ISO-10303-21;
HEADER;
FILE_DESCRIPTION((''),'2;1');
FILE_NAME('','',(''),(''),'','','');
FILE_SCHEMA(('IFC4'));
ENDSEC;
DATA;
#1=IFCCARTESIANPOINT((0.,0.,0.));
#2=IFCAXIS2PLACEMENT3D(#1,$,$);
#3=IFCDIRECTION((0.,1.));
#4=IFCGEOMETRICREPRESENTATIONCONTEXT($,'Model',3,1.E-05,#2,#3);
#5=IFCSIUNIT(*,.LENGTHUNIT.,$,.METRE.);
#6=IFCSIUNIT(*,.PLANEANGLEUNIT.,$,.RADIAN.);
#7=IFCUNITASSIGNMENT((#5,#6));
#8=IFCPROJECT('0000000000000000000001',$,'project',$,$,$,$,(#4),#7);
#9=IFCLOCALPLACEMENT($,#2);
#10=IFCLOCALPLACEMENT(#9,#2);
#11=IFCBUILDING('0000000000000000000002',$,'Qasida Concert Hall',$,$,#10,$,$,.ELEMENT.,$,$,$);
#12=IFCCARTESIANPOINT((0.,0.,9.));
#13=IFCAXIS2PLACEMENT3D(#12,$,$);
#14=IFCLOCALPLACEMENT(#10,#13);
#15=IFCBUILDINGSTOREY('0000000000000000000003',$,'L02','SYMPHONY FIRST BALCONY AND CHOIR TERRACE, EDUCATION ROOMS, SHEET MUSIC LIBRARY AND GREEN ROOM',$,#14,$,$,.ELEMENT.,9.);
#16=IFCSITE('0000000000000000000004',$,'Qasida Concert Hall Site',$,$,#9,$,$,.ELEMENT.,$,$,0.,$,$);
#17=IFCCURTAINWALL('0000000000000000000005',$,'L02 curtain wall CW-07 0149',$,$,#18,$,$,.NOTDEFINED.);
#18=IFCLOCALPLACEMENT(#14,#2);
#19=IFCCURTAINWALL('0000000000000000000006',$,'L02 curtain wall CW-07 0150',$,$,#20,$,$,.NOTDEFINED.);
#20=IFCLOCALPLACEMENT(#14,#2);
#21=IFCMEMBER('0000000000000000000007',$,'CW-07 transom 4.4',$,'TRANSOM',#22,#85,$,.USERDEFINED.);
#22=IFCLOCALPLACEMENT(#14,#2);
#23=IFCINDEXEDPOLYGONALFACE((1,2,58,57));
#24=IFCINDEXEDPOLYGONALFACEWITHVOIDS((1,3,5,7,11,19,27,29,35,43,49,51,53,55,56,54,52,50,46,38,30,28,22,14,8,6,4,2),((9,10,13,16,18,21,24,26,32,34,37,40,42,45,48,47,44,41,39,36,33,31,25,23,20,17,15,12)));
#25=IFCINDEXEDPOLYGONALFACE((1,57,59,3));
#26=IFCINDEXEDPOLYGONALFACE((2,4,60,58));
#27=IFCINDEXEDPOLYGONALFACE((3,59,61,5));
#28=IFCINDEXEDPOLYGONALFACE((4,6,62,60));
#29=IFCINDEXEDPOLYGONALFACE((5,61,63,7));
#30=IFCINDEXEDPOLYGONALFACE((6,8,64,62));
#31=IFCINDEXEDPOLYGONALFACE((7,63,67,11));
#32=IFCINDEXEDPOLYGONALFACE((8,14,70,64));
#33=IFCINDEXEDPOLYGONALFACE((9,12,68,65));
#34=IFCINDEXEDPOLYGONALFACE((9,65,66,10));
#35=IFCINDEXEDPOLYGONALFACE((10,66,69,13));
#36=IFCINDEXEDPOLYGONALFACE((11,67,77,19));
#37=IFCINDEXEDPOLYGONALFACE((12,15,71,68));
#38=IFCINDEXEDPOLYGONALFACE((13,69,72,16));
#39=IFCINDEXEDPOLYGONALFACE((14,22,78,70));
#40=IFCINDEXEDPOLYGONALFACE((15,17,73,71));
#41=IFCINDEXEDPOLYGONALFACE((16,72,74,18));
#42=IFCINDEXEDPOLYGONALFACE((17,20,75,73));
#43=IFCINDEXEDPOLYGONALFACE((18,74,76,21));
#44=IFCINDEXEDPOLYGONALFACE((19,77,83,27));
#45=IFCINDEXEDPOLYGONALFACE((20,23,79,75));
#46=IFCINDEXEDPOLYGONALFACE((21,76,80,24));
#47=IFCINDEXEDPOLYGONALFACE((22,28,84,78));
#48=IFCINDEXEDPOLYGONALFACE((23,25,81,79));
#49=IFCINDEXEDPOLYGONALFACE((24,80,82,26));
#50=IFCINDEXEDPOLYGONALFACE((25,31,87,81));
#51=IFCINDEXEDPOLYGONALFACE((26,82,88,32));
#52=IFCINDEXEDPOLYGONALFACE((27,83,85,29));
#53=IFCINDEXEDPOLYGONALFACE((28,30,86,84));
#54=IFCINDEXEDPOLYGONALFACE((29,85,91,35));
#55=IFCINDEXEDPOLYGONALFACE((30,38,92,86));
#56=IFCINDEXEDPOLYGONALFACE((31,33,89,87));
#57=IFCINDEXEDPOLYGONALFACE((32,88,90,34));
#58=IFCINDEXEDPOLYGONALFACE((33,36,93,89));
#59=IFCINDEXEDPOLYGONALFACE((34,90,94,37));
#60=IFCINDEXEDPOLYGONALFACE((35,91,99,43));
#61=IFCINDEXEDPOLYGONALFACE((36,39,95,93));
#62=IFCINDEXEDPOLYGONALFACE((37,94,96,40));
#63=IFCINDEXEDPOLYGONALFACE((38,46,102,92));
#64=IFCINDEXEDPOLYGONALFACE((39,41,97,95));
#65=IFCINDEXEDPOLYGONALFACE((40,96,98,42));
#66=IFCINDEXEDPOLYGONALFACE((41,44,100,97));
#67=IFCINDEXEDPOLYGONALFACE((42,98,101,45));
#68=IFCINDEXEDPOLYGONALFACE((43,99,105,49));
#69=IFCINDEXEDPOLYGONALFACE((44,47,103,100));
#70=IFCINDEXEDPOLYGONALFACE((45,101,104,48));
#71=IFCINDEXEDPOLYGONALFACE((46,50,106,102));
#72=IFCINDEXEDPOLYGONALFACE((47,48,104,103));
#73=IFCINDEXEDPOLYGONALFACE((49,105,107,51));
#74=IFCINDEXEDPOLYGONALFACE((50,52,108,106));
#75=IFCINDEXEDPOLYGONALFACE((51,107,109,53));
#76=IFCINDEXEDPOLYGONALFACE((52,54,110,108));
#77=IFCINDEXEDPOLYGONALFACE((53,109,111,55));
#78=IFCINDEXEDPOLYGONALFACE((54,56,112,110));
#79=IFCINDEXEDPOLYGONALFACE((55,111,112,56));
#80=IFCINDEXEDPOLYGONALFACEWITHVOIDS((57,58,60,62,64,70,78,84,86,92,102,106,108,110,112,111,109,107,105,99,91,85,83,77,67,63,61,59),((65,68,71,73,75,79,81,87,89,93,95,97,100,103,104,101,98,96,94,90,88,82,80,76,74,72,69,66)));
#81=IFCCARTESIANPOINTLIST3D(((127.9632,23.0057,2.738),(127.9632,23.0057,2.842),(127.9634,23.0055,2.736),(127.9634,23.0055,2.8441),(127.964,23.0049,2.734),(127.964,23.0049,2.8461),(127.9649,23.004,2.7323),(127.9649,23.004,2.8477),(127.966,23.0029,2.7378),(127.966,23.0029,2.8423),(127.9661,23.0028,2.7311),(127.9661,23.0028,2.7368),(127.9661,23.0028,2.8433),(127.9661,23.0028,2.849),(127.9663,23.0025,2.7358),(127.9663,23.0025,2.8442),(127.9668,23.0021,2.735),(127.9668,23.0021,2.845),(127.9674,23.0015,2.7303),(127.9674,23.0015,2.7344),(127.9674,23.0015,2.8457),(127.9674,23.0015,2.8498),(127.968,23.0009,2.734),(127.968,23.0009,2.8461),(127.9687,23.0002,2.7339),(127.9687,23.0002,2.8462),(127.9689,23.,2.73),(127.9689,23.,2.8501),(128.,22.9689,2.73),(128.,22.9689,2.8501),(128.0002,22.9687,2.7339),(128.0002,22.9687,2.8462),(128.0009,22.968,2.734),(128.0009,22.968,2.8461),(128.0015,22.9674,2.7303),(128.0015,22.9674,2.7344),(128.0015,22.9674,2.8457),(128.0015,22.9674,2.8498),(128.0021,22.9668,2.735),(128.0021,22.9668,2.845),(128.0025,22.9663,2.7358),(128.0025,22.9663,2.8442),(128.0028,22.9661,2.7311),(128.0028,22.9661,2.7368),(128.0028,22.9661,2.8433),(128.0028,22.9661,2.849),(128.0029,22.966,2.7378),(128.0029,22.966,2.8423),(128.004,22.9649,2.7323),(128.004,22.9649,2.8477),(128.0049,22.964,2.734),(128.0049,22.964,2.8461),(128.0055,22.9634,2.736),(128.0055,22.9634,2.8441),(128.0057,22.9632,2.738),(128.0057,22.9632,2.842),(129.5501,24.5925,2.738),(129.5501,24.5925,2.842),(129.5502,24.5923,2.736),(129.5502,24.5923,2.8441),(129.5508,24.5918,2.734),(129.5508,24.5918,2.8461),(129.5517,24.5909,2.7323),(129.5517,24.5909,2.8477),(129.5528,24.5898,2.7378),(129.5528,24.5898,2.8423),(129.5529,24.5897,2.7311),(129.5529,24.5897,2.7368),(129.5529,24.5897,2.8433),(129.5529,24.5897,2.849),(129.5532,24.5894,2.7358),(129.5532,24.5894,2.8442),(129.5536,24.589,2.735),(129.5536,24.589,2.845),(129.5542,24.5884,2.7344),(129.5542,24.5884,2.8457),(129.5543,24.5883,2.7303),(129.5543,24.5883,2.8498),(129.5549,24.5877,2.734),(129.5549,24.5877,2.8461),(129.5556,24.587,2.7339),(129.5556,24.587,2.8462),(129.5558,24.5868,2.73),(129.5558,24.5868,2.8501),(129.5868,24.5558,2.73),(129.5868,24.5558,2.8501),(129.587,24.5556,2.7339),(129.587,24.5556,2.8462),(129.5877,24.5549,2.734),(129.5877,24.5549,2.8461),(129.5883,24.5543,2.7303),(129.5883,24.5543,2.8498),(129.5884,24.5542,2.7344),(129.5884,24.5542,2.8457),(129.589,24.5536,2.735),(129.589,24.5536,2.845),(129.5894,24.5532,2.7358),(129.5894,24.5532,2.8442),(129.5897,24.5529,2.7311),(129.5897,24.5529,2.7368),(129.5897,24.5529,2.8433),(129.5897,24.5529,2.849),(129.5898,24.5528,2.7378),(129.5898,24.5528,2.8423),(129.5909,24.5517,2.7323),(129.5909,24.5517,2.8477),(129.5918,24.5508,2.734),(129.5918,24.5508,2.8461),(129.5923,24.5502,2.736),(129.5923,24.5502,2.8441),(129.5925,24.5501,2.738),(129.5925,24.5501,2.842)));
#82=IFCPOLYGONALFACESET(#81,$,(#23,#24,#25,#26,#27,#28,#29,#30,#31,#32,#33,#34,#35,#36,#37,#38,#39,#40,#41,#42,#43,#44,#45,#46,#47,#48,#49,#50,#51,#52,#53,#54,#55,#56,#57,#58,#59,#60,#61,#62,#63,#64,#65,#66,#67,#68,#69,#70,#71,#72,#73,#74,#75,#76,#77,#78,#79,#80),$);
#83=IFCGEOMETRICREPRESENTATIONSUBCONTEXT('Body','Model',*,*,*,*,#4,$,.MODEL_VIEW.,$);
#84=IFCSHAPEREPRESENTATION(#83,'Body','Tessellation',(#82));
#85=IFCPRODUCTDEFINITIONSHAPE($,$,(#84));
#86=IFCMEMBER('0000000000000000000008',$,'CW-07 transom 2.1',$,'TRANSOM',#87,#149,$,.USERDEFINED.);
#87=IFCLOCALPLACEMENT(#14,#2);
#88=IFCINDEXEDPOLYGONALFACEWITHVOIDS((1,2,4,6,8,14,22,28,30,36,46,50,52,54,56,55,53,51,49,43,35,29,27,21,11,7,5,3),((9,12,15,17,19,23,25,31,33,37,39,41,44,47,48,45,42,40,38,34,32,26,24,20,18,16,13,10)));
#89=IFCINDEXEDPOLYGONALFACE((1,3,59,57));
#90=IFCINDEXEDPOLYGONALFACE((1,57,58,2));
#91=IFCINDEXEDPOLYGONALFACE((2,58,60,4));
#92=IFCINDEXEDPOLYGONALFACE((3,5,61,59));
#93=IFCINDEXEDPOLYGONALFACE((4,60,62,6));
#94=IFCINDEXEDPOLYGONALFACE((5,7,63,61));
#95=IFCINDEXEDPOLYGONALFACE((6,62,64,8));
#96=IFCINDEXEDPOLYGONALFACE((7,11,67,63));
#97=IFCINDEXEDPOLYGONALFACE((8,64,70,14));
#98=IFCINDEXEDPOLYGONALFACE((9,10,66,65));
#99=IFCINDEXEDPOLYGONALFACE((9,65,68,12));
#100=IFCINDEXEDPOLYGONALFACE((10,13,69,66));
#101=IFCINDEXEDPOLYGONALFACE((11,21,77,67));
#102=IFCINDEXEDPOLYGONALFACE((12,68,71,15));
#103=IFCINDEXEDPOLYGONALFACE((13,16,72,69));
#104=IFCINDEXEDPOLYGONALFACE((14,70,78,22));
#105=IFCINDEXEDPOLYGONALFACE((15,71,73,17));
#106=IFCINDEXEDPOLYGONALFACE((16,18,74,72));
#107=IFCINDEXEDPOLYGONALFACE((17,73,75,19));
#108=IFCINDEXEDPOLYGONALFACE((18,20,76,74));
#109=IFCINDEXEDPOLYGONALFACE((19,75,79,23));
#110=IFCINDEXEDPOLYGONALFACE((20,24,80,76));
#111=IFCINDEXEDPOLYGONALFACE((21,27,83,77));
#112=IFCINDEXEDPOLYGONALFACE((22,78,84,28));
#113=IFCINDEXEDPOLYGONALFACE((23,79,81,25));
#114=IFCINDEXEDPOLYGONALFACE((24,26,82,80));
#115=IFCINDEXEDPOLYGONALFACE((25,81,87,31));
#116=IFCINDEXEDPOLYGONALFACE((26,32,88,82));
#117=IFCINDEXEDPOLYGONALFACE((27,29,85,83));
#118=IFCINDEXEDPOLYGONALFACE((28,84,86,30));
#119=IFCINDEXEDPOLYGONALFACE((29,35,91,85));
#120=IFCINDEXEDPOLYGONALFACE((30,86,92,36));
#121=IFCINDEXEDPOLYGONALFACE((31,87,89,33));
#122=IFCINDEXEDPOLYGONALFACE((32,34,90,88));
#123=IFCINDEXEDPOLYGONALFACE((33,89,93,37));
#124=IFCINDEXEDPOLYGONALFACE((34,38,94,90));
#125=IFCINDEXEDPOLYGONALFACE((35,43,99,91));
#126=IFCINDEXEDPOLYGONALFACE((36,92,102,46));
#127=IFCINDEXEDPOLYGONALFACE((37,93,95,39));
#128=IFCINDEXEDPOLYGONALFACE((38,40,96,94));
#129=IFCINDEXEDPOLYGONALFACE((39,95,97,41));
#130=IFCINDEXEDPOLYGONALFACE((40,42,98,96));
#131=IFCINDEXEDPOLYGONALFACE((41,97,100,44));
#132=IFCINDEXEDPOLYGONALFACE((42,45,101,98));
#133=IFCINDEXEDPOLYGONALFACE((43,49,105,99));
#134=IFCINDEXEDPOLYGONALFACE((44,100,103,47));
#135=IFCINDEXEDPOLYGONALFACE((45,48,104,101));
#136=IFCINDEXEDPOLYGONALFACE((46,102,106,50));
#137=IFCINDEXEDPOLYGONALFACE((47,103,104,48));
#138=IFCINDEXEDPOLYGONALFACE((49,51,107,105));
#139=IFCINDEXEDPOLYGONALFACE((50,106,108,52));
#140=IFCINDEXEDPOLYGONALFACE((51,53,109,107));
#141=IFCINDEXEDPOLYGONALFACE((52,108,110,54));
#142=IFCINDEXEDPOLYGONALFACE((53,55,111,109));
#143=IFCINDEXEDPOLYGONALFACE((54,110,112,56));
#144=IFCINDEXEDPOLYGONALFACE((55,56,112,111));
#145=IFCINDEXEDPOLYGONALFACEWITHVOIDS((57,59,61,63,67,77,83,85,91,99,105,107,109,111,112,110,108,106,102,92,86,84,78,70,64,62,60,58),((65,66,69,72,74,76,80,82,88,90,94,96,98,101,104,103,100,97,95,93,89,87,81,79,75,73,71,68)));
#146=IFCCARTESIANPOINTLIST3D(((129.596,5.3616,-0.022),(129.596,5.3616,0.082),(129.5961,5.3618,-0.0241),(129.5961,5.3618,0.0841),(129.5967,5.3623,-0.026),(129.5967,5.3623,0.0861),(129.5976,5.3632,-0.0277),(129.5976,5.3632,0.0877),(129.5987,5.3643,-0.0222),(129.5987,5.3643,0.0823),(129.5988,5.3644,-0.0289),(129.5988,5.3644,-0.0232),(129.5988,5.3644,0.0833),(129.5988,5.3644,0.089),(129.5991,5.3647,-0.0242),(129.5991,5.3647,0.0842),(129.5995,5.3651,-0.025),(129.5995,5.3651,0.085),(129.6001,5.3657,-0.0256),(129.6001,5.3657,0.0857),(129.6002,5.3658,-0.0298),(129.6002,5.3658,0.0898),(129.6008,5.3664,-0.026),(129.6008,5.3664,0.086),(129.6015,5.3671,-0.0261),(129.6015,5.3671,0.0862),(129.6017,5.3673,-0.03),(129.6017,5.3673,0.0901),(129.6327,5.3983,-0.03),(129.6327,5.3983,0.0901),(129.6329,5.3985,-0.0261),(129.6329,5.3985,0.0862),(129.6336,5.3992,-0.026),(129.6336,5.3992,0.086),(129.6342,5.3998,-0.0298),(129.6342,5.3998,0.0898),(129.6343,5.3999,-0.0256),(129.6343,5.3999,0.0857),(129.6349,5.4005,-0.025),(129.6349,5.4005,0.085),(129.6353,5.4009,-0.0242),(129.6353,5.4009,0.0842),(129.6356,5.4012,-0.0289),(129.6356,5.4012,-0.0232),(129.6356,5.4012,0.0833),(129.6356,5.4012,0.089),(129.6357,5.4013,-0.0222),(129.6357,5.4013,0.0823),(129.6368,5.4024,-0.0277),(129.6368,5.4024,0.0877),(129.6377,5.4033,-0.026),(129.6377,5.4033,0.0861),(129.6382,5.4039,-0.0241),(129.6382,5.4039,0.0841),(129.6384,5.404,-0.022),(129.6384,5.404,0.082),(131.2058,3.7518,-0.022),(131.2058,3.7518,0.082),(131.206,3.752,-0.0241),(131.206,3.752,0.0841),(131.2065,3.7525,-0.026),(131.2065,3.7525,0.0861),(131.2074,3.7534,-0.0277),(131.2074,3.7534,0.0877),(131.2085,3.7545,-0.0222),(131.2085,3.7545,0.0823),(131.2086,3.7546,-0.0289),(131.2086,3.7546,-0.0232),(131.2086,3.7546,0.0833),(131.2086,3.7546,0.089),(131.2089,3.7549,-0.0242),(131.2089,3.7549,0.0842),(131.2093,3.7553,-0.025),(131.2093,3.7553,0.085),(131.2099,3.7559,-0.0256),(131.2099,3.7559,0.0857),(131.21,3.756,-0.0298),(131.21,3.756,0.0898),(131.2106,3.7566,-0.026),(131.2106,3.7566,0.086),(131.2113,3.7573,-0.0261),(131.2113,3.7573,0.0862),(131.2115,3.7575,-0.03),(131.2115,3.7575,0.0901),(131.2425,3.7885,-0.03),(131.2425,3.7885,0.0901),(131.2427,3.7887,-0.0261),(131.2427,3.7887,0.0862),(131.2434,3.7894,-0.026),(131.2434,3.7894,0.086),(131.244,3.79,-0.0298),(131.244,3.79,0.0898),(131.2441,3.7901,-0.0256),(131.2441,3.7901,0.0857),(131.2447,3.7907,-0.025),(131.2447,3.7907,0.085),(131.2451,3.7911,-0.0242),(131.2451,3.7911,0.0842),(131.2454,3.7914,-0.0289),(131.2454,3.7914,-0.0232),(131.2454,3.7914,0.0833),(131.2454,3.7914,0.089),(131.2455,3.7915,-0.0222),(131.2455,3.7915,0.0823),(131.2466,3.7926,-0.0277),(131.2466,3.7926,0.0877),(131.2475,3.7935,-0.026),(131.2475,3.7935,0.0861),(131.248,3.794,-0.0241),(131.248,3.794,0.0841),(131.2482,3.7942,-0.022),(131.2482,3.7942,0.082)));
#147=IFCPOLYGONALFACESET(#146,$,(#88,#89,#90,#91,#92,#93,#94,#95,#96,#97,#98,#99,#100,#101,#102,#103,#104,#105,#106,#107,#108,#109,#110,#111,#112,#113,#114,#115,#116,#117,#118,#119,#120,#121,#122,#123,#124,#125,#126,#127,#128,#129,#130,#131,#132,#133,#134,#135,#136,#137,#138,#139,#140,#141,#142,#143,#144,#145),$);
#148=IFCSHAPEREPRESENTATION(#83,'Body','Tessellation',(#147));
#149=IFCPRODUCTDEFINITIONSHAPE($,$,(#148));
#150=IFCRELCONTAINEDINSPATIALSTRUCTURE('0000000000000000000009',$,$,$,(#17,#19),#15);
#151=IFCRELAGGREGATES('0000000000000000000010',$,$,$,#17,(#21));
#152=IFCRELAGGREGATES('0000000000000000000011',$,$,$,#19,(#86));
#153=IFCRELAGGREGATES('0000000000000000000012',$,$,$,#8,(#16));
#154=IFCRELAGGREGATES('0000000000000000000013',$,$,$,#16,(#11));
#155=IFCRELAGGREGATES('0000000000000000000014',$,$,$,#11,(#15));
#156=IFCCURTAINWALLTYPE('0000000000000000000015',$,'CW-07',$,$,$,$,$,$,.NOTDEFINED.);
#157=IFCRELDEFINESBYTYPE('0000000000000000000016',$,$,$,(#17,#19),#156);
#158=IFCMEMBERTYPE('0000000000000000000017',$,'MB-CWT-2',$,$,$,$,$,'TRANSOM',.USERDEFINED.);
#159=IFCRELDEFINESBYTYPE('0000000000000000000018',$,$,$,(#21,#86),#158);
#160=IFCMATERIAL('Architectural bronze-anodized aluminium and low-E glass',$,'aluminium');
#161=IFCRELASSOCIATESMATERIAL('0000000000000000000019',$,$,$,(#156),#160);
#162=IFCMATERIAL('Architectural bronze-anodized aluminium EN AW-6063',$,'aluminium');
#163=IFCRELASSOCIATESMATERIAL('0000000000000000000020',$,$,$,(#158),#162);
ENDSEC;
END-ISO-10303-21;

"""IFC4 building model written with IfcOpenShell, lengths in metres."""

from ifc_helpers import new_model, si_unit, direction, frame, origin, origin_2d, place, context, subcontext, project, spatial, hollow_rectangle, extrude, material, material_profile, profile_set, type_object, element, aggregate, save


model = new_model("IFC4")

# Units and contexts
model_context = context("Model", 3, precision=1e-05, world=origin(), true_north=direction((0.0, 1.0)))
body_context = subcontext(model_context, "Body", "Model", "MODEL_VIEW")
ifc_project = project(units=[si_unit("LENGTHUNIT", "METRE"), si_unit("PLANEANGLEUNIT", "RADIAN")], contexts=[model_context])

# Site, building, storey
site_placement = place(None, origin())
site = spatial("IfcSite", under=ifc_project, at=site_placement, Name="Qasida Concert Hall Site", CompositionType="ELEMENT", RefElevation=0.0)
building_placement = place(site_placement, origin())
building = spatial("IfcBuilding", under=site, at=building_placement, Name="Qasida Concert Hall", CompositionType="ELEMENT")
storey_placement = place(building_placement, frame((0.0, 0.0, 9.0)))
storey = spatial("IfcBuildingStorey", under=building, at=storey_placement, Name="L02", Description="SYMPHONY FIRST BALCONY AND CHOIR TERRACE, EDUCATION ROOMS, SHEET MUSIC LIBRARY AND GREEN ROOM", CompositionType="ELEMENT", Elevation=9.0)

# Curtain wall
ifc_material_1 = material(Name="Architectural bronze-anodized aluminium and low-E glass", Category="aluminium")
curtain_wall_type = type_object("IfcCurtainWallType", Name="CW-07", PredefinedType="NOTDEFINED", material=ifc_material_1)
curtain_wall_1_placement = place(storey_placement, origin())
curtain_wall_1 = element("IfcCurtainWall", 1, at=curtain_wall_1_placement, inside=storey, type_object=curtain_wall_type, Name="L02 curtain wall CW-07 0149", PredefinedType="NOTDEFINED")
ifc_material_2 = material(Name="Architectural bronze-anodized aluminium EN AW-6063", Category="aluminium")

# Curtain wall
curtain_wall_2_placement = place(storey_placement, origin())
curtain_wall_2 = element("IfcCurtainWall", 2, at=curtain_wall_2_placement, inside=storey, type_object=curtain_wall_type, Name="L02 curtain wall CW-07 0150", PredefinedType="NOTDEFINED")

# Members
ifc_material_profile_1 = material_profile(ifc_material_2, hollow_rectangle(XDim=0.0601, YDim=0.1201, WallThickness=0.0039, InnerFilletRadius=0.0039, OuterFilletRadius=0.0081, at=origin_2d()), Name="CWT 120x60x4")
ifc_profile_set_1 = profile_set([ifc_material_profile_1], Name="Architectural bronze-anodized aluminium EN AW-6063")
member_type_1 = type_object("IfcMemberType", Name="MB-CWT-2", ElementType="TRANSOM", PredefinedType="USERDEFINED", material=ifc_profile_set_1)
member_1_placement = place(storey_placement, frame((129.5713, 24.5713, 2.79), z_axis=(-0.707107, -0.707107, 0.0), x_axis=(0.707107, -0.707107, 0.0)))
member_1 = element("IfcMember", 3, at=member_1_placement, type_object=member_type_1, Name="CW-07 transom 4.4", ObjectType="TRANSOM", PredefinedType="USERDEFINED", context=body_context, shape_type="SweptSolid", body=[
    extrude(hollow_rectangle(XDim=0.0601, YDim=0.1201, WallThickness=0.0039, InnerFilletRadius=0.0039, OuterFilletRadius=0.0081, at=origin_2d()), origin(), (0.0, 0.0, 1.0), 2.2441),
])
aggregate(curtain_wall_1, [member_1])
member_2_placement = place(storey_placement, frame((129.6172, 5.3828, 0.03), z_axis=(0.707107, -0.707107, 0.0), x_axis=(0.707107, 0.707107, 0.0)))
member_2 = element("IfcMember", 4, at=member_2_placement, type_object=member_type_1, Name="CW-07 transom 2.1", ObjectType="TRANSOM", PredefinedType="USERDEFINED", context=body_context, shape_type="SweptSolid", body=[
    extrude(hollow_rectangle(XDim=0.0601, YDim=0.1201, WallThickness=0.0039, InnerFilletRadius=0.0039, OuterFilletRadius=0.0081, at=origin_2d()), origin(), (0.0, 0.0, 1.0), 2.2766),
])

aggregate(curtain_wall_2, [member_2])

save(model, "model.ifc")
